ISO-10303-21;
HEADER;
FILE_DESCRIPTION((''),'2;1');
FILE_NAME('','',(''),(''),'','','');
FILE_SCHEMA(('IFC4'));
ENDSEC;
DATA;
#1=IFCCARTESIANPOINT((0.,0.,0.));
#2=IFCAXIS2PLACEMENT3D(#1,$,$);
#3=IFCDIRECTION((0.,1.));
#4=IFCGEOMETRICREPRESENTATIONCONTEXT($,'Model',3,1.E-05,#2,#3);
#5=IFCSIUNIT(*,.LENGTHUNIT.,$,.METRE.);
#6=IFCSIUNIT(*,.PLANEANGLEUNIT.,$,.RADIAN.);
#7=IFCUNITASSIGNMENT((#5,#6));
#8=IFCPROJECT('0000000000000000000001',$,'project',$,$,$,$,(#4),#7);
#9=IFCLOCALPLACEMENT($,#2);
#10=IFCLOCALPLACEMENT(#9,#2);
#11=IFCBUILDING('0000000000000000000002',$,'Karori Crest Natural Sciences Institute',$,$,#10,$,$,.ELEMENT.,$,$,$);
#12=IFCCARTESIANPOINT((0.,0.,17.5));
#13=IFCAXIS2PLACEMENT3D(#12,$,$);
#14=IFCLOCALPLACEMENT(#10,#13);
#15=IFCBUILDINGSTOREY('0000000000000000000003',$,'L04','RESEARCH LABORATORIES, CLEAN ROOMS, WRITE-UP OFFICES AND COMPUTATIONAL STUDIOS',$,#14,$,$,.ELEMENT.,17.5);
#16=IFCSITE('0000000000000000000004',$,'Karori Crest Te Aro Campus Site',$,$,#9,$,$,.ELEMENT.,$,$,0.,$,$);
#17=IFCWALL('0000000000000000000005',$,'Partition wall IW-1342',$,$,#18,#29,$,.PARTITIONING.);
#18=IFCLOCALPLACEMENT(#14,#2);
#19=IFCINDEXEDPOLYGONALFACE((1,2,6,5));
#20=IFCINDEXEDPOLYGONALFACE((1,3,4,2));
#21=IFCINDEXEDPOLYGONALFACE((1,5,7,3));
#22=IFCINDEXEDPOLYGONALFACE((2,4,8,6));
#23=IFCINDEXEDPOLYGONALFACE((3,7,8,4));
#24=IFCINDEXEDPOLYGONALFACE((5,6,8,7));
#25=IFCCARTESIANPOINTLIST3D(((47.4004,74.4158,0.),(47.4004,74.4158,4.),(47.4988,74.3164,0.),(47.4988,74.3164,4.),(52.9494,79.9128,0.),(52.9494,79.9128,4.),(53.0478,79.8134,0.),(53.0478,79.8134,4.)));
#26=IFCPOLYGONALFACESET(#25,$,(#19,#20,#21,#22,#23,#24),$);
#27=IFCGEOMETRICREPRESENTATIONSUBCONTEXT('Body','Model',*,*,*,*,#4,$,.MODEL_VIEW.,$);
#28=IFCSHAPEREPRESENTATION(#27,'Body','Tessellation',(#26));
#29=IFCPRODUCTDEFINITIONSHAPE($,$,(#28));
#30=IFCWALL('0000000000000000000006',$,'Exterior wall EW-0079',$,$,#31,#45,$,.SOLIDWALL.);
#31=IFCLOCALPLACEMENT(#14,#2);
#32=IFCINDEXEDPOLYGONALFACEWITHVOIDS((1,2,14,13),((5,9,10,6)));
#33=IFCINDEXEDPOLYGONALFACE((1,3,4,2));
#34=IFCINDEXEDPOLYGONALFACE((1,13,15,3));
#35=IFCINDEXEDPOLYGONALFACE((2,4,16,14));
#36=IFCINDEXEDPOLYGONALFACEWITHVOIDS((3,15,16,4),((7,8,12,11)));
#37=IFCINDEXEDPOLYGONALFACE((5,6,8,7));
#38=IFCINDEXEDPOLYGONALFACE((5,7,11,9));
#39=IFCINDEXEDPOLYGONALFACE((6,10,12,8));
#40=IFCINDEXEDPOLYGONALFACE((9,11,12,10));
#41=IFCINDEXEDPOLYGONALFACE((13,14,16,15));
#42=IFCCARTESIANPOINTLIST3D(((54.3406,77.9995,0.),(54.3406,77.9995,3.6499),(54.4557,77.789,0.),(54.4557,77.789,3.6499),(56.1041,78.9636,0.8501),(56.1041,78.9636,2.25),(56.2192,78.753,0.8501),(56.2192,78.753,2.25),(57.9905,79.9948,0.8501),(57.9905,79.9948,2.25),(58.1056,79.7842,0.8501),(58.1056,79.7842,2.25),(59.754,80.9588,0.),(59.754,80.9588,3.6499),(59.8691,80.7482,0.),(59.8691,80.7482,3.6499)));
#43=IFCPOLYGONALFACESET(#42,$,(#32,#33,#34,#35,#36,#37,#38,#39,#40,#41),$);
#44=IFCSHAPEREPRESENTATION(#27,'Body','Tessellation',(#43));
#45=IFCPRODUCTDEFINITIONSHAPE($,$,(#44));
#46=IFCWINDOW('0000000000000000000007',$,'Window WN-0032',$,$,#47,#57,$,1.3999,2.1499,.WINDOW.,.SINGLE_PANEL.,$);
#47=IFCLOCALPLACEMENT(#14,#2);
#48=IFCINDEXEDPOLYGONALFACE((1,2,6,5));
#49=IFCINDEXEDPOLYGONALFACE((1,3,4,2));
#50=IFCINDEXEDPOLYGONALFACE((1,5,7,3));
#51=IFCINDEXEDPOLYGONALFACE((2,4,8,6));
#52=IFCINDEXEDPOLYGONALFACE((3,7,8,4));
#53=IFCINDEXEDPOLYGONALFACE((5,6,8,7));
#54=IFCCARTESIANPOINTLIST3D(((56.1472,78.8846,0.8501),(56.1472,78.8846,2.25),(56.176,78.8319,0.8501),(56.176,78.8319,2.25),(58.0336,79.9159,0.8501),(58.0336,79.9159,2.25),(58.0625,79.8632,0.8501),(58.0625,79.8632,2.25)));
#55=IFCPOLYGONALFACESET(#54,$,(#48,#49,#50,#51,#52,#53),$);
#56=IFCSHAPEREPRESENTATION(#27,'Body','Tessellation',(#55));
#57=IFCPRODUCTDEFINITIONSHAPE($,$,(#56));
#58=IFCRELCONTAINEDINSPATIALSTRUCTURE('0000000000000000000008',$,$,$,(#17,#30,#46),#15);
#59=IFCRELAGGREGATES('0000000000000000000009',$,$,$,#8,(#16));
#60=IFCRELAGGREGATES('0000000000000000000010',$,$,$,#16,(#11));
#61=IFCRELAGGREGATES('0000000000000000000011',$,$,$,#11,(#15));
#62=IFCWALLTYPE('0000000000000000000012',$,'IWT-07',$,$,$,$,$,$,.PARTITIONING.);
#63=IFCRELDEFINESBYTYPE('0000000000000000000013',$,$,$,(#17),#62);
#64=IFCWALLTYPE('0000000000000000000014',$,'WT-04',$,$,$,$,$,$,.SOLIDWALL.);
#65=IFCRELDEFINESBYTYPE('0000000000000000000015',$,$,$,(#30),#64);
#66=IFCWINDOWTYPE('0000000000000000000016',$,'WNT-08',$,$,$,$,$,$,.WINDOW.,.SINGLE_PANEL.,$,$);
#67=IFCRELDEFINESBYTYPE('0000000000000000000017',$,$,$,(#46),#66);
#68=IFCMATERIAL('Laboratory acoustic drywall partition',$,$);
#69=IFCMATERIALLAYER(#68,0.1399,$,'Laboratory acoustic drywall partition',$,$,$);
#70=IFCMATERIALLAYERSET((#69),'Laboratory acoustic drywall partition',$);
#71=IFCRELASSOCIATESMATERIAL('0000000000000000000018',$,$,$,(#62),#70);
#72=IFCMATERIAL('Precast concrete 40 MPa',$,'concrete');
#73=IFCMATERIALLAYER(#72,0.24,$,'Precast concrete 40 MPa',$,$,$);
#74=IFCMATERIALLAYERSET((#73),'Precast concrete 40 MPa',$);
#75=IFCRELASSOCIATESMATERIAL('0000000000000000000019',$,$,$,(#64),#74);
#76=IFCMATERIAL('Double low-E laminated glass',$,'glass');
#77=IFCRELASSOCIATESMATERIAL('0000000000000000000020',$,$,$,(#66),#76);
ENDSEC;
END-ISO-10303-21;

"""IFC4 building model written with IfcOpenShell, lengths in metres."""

from ifc_helpers import new_model, si_unit, direction, frame, frame_2d, origin, place, context, subcontext, project, spatial, rectangle, extrude, material, layer, layer_set, type_object, element, fill, save


model = new_model("IFC4")

# Units and contexts
model_context = context("Model", 3, precision=1e-05, world=origin(), true_north=direction((0.0, 1.0)))
body_context = subcontext(model_context, "Body", "Model", "MODEL_VIEW")
ifc_project = project(units=[si_unit("LENGTHUNIT", "METRE"), si_unit("PLANEANGLEUNIT", "RADIAN")], contexts=[model_context])

# Site, building, storey
site_placement = place(None, origin())
site = spatial("IfcSite", under=ifc_project, at=site_placement, Name="Karori Crest Te Aro Campus Site", CompositionType="ELEMENT", RefElevation=0.0)
building_placement = place(site_placement, origin())
building = spatial("IfcBuilding", under=site, at=building_placement, Name="Karori Crest Natural Sciences Institute", CompositionType="ELEMENT")
storey_placement = place(building_placement, frame((0.0, 0.0, 17.5)))
storey = spatial("IfcBuildingStorey", under=building, at=storey_placement, Name="L04", Description="RESEARCH LABORATORIES, CLEAN ROOMS, WRITE-UP OFFICES AND COMPUTATIONAL STUDIOS", CompositionType="ELEMENT", Elevation=17.5)

# Shared definitions
ifc_material_1 = material(Name="Double low-E laminated glass", Category="glass")

# Shared definitions
ifc_material_2 = material(Name="Laboratory acoustic drywall partition")
ifc_layer_1 = layer(ifc_material_2, 0.1399, Name="Laboratory acoustic drywall partition")
ifc_layer_set_1 = layer_set([ifc_layer_1], Name="Laboratory acoustic drywall partition")
wall_type_1 = type_object("IfcWallType", Name="IWT-07", PredefinedType="PARTITIONING", material=ifc_layer_set_1)

# Wall
wall_1_placement = place(storey_placement, frame((52.9985, 79.863, 0.0), z_axis=(0.0, 0.0, 1.0), x_axis=(-0.710428, -0.70377, 0.0)))
element("IfcWall", 1, at=wall_1_placement, inside=storey, type_object=wall_type_1, Name="Partition wall IW-1342", PredefinedType="PARTITIONING", context=body_context, shape_type="SweptSolid", body=[
    extrude(rectangle(XDim=7.8108, YDim=0.1399, at=frame_2d((3.9053, 0.0))), origin(), (0.0, 0.0, 1.0), 4.0),
])

# Wall, opening, window
ifc_material_3 = material(Name="Precast concrete 40 MPa", Category="concrete")
ifc_layer_2 = layer(ifc_material_3, 0.24, Name="Precast concrete 40 MPa")
ifc_layer_set_2 = layer_set([ifc_layer_2], Name="Precast concrete 40 MPa")
wall_type_2 = type_object("IfcWallType", Name="WT-04", PredefinedType="SOLIDWALL", material=ifc_layer_set_2)
wall_2_placement = place(storey_placement, frame((59.8115, 80.8535, 0.0), z_axis=(0.0, 0.0, 1.0), x_axis=(-0.877452, -0.479664, 0.0)))
wall_2 = element("IfcWall", 2, at=wall_2_placement, inside=storey, type_object=wall_type_2, Name="Exterior wall EW-0079", PredefinedType="SOLIDWALL", context=body_context, shape_type="SweptSolid", body=[
    extrude(rectangle(XDim=6.1694, YDim=0.24, at=frame_2d((3.0847, 0.0))), origin(), (0.0, 0.0, 1.0), 3.6499),
])
opening_1_placement = place(wall_2_placement, frame((2.0098, 0.0, 0.8501)))
opening_1 = element("IfcOpeningElement", 3, at=opening_1_placement, cuts=wall_2, PredefinedType="OPENING", context=body_context, shape_type="SweptSolid", body=[
    extrude(rectangle(XDim=2.1499, YDim=1.3999, at=frame_2d((1.075, 0.7))), frame((0.0, 0.1299, 0.0), z_axis=(0.0, -1.0, 0.0), x_axis=(1.0, 0.0, 0.0)), (0.0, 0.0, 1.0), 0.26),
])
window_type = type_object("IfcWindowType", Name="WNT-08", PartitioningType="SINGLE_PANEL", PredefinedType="WINDOW", material=ifc_material_1)
window_placement = place(opening_1_placement, origin())
window = element("IfcWindow", 4, at=window_placement, inside=storey, type_object=window_type, Name="Window WN-0032", OverallHeight=1.3999, OverallWidth=2.1499, PartitioningType="SINGLE_PANEL", PredefinedType="WINDOW", context=body_context, shape_type="SweptSolid", body=[
    extrude(rectangle(XDim=2.1499, YDim=1.3999, at=frame_2d((1.075, 0.7))), frame((0.0, 0.03, 0.0), z_axis=(0.0, -1.0, 0.0), x_axis=(1.0, 0.0, 0.0)), (0.0, 0.0, 1.0), 0.0601),
])
fill(opening_1, window)

save(model, "model.ifc")
